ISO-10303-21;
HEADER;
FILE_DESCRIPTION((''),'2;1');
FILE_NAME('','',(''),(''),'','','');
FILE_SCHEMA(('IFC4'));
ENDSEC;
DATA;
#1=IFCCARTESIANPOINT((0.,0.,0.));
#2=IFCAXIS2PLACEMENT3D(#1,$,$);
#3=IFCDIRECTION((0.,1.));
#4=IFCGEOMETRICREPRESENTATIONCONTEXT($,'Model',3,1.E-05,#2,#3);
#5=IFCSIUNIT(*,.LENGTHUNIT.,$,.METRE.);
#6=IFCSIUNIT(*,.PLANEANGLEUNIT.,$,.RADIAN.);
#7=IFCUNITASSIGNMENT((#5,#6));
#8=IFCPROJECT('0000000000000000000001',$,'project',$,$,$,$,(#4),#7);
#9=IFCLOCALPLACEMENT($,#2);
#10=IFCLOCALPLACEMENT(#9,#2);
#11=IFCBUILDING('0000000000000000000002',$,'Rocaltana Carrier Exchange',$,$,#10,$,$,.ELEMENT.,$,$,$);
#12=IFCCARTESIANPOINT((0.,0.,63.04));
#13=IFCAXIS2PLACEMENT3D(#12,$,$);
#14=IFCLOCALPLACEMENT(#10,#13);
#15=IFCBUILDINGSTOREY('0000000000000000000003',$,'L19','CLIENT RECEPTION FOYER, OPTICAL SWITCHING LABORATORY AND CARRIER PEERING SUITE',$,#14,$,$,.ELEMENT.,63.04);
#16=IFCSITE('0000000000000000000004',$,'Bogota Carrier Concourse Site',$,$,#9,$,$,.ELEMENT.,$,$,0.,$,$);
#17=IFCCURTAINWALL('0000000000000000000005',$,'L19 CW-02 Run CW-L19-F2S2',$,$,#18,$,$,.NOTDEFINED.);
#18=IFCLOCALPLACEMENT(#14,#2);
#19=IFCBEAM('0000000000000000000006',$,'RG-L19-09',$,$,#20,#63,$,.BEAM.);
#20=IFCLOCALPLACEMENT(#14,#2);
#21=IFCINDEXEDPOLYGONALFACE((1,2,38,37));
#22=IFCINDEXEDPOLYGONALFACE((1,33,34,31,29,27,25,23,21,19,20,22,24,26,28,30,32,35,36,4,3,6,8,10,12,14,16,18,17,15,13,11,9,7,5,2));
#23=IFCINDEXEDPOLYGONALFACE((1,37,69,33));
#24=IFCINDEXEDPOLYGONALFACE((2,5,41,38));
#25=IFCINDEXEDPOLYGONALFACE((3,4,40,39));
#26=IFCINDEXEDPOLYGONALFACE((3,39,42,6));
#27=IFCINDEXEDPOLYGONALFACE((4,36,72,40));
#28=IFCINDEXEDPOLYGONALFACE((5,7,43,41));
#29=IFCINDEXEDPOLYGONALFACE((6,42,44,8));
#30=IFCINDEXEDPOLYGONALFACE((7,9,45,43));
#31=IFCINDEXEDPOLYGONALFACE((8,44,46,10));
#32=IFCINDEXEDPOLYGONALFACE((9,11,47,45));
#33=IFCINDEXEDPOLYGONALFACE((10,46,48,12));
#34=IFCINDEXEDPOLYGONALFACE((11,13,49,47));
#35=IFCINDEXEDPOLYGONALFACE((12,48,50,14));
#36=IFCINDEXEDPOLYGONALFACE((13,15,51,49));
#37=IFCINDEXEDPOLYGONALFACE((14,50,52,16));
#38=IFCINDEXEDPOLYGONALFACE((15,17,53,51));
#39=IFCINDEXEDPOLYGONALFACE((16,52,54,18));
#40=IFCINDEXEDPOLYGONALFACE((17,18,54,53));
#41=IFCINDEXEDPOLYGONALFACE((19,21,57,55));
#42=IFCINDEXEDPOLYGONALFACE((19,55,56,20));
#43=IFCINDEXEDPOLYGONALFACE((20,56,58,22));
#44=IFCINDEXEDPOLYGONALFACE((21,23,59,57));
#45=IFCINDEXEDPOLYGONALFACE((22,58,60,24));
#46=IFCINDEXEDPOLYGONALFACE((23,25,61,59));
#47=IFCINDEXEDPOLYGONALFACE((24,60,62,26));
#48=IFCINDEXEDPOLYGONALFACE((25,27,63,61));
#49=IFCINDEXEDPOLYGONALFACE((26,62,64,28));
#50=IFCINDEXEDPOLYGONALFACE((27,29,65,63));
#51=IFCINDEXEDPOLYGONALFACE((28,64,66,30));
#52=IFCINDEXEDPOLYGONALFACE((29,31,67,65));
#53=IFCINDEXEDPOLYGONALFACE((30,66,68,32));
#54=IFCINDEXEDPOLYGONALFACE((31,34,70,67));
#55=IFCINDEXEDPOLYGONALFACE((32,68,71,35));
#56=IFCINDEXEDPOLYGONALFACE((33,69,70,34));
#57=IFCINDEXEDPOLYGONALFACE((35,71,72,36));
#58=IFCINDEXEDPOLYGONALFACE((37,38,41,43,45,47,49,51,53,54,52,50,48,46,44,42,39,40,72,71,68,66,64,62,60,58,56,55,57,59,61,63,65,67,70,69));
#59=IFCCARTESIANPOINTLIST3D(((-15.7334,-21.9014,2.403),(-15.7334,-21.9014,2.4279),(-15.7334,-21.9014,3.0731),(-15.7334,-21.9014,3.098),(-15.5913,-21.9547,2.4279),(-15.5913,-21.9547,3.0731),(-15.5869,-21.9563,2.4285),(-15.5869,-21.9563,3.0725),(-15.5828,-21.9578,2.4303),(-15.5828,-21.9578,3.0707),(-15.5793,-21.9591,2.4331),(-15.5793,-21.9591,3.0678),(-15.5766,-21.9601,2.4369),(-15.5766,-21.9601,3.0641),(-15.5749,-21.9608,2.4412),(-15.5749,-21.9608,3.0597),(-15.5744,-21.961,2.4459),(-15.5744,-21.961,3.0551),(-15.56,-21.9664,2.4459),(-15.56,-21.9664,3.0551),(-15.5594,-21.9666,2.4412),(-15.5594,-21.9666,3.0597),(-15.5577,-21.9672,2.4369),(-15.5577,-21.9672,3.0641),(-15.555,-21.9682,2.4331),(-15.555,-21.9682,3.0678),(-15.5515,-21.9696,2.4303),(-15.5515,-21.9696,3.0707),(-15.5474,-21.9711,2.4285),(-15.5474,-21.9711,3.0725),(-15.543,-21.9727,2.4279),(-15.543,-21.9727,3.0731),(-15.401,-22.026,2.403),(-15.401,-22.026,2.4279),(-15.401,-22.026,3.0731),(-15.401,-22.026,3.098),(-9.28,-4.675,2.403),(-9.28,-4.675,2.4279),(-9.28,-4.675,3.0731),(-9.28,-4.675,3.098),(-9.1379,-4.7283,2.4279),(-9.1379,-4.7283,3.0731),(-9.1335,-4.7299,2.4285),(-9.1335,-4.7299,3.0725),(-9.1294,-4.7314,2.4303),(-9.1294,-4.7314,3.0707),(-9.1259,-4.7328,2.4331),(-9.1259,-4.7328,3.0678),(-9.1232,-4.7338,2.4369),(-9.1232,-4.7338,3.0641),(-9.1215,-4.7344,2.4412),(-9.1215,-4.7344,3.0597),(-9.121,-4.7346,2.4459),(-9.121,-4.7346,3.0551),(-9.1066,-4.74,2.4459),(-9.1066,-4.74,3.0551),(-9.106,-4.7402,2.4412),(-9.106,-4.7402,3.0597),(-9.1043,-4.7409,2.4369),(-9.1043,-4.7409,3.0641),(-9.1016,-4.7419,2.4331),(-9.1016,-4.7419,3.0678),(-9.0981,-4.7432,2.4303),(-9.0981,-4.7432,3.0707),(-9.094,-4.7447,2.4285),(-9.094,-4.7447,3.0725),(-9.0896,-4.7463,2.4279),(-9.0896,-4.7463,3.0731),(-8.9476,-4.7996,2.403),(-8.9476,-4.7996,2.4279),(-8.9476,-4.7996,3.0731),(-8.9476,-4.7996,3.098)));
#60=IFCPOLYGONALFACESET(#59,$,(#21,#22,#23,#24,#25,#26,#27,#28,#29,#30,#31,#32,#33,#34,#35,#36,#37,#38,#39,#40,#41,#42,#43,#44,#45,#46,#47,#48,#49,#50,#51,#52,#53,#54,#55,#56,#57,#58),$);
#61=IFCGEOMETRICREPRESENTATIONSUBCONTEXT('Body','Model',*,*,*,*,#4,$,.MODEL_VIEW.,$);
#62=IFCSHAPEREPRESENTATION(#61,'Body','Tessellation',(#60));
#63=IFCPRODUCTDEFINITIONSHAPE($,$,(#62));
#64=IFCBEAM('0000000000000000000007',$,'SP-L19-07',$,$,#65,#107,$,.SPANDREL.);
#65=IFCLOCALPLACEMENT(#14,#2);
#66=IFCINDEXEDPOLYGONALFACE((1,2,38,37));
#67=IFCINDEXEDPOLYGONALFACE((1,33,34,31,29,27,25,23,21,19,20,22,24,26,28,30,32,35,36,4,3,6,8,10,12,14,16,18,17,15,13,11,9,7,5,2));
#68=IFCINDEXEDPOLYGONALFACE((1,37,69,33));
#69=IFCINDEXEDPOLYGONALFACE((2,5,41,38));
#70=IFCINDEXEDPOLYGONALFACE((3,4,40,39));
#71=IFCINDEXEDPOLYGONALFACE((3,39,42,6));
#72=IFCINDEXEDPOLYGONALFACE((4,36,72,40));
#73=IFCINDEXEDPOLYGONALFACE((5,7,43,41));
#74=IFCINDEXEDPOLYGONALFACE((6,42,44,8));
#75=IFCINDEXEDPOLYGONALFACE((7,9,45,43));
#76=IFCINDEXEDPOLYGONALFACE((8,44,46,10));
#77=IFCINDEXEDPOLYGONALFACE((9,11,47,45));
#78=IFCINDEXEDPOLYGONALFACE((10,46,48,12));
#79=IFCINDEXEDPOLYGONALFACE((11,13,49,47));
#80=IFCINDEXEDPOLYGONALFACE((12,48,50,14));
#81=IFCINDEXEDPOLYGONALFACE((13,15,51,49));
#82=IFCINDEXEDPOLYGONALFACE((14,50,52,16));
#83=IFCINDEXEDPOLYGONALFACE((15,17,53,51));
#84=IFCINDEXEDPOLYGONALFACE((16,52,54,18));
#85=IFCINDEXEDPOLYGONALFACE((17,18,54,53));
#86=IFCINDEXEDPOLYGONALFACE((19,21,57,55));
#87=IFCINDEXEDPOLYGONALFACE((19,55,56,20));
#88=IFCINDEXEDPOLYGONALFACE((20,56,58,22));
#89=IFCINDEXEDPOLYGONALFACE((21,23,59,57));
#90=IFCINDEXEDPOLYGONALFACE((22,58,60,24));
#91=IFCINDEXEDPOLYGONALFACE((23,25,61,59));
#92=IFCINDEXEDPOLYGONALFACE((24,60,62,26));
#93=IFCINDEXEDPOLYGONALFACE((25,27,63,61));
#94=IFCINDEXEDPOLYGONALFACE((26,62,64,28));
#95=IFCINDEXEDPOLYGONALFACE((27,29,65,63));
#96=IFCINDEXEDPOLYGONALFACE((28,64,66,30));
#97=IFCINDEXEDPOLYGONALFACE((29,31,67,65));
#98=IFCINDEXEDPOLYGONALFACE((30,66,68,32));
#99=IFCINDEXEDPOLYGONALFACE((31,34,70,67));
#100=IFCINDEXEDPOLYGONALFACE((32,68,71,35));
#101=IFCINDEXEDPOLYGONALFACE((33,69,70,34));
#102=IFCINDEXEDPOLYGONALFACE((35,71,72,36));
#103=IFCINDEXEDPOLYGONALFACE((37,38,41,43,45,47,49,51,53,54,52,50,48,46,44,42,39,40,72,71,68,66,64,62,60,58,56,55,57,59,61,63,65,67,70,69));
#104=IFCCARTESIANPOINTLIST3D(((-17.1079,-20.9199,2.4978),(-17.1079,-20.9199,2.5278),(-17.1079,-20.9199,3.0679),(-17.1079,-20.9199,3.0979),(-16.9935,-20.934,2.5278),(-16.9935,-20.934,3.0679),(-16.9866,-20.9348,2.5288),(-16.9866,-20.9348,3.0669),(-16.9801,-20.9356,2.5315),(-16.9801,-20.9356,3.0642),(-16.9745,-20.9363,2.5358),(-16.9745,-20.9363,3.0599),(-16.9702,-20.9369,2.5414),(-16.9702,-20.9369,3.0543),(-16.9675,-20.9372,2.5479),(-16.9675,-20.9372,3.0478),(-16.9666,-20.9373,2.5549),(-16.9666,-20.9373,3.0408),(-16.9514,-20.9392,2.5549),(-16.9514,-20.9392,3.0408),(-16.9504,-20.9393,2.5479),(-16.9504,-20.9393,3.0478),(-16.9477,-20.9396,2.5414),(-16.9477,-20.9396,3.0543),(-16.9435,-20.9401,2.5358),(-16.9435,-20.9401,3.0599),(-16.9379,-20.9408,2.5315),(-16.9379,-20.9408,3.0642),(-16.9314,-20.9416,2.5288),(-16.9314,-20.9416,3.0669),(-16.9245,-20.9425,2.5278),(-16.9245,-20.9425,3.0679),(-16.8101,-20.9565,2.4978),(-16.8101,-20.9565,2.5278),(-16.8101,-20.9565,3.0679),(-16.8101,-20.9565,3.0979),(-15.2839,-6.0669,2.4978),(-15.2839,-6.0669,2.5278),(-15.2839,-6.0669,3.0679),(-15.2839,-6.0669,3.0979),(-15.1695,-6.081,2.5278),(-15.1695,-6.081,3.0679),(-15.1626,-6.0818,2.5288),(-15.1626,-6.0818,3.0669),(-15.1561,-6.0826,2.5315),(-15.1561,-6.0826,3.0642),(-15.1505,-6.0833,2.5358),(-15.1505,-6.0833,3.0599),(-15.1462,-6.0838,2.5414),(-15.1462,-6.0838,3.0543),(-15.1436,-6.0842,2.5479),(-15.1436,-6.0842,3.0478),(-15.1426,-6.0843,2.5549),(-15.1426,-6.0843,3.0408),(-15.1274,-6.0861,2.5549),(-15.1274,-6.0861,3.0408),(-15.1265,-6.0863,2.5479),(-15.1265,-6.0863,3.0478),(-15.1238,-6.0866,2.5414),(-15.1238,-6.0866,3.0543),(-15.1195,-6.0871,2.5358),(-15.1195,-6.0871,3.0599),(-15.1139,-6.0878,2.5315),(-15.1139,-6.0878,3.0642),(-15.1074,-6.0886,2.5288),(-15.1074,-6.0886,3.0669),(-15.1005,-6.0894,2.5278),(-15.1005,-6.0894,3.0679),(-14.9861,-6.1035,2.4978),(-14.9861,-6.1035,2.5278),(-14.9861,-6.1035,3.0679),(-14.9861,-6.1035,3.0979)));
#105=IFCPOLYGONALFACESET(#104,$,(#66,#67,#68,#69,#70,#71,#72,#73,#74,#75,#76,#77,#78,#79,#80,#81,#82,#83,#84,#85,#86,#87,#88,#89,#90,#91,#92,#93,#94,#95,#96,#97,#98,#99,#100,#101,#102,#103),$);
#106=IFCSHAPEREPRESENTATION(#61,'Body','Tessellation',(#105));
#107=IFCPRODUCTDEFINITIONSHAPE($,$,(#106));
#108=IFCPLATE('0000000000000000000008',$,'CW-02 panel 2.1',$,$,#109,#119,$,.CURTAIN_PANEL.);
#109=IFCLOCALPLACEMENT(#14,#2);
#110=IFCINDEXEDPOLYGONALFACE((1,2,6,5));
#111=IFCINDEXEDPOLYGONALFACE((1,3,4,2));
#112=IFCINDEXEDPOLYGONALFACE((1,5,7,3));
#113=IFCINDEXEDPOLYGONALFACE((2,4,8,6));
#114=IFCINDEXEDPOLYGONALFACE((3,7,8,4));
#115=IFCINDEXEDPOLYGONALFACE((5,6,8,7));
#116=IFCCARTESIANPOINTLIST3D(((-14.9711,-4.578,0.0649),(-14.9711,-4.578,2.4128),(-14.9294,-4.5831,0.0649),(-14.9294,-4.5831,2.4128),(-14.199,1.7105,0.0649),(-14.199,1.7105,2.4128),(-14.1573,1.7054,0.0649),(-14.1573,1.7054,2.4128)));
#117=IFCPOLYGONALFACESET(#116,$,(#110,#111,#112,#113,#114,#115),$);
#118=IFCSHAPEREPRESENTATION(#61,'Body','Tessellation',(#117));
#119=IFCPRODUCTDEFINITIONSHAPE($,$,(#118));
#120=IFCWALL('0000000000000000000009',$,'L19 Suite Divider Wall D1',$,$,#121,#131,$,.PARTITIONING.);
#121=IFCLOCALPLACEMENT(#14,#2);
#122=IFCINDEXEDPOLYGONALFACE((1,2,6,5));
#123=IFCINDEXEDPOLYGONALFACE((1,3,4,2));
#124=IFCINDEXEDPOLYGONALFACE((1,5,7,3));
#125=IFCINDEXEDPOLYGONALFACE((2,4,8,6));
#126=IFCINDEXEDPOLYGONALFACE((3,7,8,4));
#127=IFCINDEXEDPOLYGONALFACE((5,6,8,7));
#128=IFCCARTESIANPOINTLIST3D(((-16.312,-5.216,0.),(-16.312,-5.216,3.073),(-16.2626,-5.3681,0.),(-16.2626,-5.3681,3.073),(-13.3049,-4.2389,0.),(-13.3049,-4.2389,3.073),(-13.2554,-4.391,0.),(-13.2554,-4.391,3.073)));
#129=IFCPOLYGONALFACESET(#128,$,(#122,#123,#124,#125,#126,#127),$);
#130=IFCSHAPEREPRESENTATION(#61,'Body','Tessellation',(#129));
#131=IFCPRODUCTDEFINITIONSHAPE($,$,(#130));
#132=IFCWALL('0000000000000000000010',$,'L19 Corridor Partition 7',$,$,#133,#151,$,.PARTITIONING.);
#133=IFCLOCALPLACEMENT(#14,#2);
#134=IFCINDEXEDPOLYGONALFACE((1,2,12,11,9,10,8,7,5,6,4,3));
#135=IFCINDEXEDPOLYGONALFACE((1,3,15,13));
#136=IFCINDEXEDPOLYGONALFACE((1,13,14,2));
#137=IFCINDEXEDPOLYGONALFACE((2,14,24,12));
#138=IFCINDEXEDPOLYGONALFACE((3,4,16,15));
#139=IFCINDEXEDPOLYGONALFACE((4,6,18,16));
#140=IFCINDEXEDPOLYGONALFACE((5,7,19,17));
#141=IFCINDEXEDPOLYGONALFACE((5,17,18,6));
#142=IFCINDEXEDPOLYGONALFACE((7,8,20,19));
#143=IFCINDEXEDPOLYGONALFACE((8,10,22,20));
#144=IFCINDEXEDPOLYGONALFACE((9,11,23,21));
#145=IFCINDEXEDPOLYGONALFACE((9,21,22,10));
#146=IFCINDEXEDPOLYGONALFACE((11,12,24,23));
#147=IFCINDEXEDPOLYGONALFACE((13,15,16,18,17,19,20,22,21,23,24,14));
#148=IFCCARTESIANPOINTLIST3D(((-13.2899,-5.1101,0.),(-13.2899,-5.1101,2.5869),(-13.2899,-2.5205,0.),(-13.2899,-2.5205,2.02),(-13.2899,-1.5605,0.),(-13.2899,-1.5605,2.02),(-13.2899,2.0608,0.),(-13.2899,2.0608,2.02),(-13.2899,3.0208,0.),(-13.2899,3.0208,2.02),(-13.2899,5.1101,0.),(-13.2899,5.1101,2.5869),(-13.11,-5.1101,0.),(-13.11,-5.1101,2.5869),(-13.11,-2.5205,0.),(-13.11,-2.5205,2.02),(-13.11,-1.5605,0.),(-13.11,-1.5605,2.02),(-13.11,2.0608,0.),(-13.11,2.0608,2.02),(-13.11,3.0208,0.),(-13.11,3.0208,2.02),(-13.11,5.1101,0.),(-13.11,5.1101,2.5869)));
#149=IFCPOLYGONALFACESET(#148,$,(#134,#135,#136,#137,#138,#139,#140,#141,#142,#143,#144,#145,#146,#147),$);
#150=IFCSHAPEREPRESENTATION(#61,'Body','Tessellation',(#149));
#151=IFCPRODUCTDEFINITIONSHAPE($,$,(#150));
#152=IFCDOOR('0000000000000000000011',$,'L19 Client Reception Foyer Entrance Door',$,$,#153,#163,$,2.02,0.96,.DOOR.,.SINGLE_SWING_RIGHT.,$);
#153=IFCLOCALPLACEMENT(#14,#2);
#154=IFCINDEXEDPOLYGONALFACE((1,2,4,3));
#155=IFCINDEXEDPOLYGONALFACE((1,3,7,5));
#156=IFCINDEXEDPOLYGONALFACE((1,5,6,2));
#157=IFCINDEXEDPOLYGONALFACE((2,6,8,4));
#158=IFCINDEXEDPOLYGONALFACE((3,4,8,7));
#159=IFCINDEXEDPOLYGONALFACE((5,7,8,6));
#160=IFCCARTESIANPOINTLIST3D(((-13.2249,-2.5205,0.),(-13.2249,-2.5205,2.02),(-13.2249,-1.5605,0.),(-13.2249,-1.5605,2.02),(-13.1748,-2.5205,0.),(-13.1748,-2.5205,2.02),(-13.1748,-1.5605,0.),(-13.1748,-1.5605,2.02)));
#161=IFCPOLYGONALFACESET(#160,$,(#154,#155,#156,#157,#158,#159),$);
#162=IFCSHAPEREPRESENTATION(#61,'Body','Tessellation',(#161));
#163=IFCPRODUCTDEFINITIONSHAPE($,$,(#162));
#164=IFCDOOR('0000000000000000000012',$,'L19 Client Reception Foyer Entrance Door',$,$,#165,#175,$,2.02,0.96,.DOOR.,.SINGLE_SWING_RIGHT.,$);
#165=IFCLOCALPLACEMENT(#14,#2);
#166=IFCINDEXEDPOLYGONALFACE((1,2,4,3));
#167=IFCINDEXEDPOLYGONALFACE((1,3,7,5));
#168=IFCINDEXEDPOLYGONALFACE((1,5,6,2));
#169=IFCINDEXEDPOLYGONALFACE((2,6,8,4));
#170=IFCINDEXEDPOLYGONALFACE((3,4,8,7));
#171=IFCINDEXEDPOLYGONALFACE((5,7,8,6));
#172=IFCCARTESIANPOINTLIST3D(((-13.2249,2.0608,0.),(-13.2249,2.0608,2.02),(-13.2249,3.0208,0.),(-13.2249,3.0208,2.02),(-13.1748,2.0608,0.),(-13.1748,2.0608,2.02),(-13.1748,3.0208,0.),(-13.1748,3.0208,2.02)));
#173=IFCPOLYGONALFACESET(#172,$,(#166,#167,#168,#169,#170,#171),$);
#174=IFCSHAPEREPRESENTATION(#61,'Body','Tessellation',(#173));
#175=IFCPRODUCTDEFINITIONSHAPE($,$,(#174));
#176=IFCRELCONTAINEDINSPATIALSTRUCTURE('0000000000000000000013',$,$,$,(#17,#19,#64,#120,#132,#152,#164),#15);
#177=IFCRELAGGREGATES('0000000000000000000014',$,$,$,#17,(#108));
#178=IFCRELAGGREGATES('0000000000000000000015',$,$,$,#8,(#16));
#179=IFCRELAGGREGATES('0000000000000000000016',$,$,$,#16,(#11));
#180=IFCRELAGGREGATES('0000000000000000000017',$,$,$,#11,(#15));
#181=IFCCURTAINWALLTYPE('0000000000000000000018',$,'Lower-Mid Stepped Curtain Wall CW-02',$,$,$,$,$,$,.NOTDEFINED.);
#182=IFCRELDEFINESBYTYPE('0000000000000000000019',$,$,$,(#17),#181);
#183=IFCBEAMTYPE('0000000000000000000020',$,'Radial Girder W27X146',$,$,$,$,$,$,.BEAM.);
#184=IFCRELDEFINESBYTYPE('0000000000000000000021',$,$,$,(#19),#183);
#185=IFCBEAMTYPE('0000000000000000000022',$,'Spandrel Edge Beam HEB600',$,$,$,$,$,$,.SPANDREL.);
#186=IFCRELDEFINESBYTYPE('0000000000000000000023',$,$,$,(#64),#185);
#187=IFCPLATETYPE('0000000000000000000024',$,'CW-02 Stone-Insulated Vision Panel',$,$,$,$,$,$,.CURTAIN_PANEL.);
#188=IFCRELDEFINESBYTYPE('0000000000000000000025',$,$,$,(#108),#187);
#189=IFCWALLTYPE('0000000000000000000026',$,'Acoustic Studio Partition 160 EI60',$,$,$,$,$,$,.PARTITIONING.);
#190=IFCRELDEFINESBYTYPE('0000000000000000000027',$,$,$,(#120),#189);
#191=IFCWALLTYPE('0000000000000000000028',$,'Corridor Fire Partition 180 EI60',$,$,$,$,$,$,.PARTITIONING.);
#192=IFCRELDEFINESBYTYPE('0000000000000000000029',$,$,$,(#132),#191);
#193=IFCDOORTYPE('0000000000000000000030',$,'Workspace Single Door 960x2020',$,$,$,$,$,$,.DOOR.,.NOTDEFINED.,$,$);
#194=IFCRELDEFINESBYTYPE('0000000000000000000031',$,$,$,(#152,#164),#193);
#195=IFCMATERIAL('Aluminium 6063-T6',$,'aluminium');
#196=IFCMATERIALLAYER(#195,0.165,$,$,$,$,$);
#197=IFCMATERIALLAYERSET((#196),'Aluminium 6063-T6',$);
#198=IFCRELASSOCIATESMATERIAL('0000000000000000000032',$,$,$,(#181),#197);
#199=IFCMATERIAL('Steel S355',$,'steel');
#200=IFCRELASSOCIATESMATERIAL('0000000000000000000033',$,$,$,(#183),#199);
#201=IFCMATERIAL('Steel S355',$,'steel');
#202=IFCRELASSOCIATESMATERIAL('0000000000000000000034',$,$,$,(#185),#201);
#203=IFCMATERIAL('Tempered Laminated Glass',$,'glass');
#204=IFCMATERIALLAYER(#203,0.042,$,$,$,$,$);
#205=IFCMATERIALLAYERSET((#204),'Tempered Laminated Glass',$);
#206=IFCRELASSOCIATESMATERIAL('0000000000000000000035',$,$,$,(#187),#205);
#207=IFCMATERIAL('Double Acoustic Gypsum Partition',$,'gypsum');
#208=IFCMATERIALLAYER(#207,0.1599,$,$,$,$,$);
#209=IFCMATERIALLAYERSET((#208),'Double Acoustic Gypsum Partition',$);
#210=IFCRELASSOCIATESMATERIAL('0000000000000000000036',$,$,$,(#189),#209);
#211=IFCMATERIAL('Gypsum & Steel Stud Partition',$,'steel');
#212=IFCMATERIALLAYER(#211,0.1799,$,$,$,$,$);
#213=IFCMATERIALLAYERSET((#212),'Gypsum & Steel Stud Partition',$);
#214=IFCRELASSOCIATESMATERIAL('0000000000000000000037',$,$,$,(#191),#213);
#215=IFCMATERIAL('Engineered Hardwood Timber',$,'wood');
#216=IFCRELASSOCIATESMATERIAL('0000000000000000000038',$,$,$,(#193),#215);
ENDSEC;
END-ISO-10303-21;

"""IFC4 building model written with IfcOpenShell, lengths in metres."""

from ifc_helpers import new_model, si_unit, direction, frame, frame_2d, origin, origin_2d, place, context, subcontext, project, spatial, rectangle, i_section, extrude, material, layer, layer_set, material_profile, profile_set, type_object, element, fill, aggregate, save


model = new_model("IFC4")

# Units and contexts
model_context = context("Model", 3, precision=1e-05, world=origin(), true_north=direction((0.0, 1.0)))
body_context = subcontext(model_context, "Body", "Model", "MODEL_VIEW")
ifc_project = project(units=[si_unit("LENGTHUNIT", "METRE"), si_unit("PLANEANGLEUNIT", "RADIAN")], contexts=[model_context])

# Site, building, storey
site_placement = place(None, origin())
site = spatial("IfcSite", under=ifc_project, at=site_placement, Name="Bogota Carrier Concourse Site", CompositionType="ELEMENT", RefElevation=0.0)
building_placement = place(site_placement, origin())
building = spatial("IfcBuilding", under=site, at=building_placement, Name="Rocaltana Carrier Exchange", CompositionType="ELEMENT")
storey_placement = place(building_placement, frame((0.0, 0.0, 63.04)))
storey = spatial("IfcBuildingStorey", under=building, at=storey_placement, Name="L19", Description="CLIENT RECEPTION FOYER, OPTICAL SWITCHING LABORATORY AND CARRIER PEERING SUITE", CompositionType="ELEMENT", Elevation=63.04)

# Curtain wall
ifc_material_1 = material(Name="Aluminium 6063-T6", Category="aluminium")
ifc_layer_1 = layer(ifc_material_1, 0.165)
ifc_layer_set_1 = layer_set([ifc_layer_1], Name="Aluminium 6063-T6")
curtain_wall_type = type_object("IfcCurtainWallType", Name="Lower-Mid Stepped Curtain Wall CW-02", PredefinedType="NOTDEFINED", material=ifc_layer_set_1)
curtain_wall_1_placement = place(storey_placement, origin())
curtain_wall_1 = element("IfcCurtainWall", 1, at=curtain_wall_1_placement, inside=storey, type_object=curtain_wall_type, Name="L19 CW-02 Run CW-L19-F2S2", PredefinedType="NOTDEFINED")

# Beams
ifc_material_2 = material(Name="Steel S355", Category="steel")
ifc_material_profile_1 = material_profile(ifc_material_2, i_section(OverallWidth=0.355, OverallDepth=0.6951, WebThickness=0.0154, FlangeThickness=0.0249, FilletRadius=0.0181, at=origin_2d()), Name="W27X146")
ifc_profile_set_1 = profile_set([ifc_material_profile_1], Name="Steel S355")
beam_type_1 = type_object("IfcBeamType", Name="Radial Girder W27X146", PredefinedType="BEAM", material=ifc_profile_set_1)
beam_1_placement = place(storey_placement, frame((-9.1138, -4.7373, 2.7505), z_axis=(-0.350814, -0.936445, 0.0), x_axis=(0.936445, -0.350814, 0.0)))
element("IfcBeam", 2, at=beam_1_placement, inside=storey, type_object=beam_type_1, Name="RG-L19-09", PredefinedType="BEAM", context=body_context, shape_type="SweptSolid", body=[
    extrude(i_section(OverallWidth=0.355, OverallDepth=0.6951, WebThickness=0.0154, FlangeThickness=0.0249, FilletRadius=0.0181, at=origin_2d()), origin(), (0.0, 0.0, 1.0), 18.3955),
])
ifc_material_3 = material(Name="Steel S355", Category="steel")
ifc_material_profile_2 = material_profile(ifc_material_3, i_section(OverallWidth=0.3, OverallDepth=0.6001, WebThickness=0.0154, FlangeThickness=0.03, FilletRadius=0.0271, at=origin_2d()), Name="HEB600")
ifc_profile_set_2 = profile_set([ifc_material_profile_2], Name="Steel S355")
beam_type_2 = type_object("IfcBeamType", Name="Spandrel Edge Beam HEB600", PredefinedType="SPANDREL", material=ifc_profile_set_2)
beam_2_placement = place(storey_placement, frame((-15.135, -6.0852, 2.7979), z_axis=(-0.121886, -0.992544, 0.0), x_axis=(0.992544, -0.121886, 0.0)))
element("IfcBeam", 3, at=beam_2_placement, inside=storey, type_object=beam_type_2, Name="SP-L19-07", PredefinedType="SPANDREL", context=body_context, shape_type="SweptSolid", body=[
    extrude(i_section(OverallWidth=0.3, OverallDepth=0.6001, WebThickness=0.0154, FlangeThickness=0.03, FilletRadius=0.0271, at=origin_2d()), origin(), (0.0, 0.0, 1.0), 14.9646),
])

# Plate
ifc_material_4 = material(Name="Tempered Laminated Glass", Category="glass")
ifc_layer_2 = layer(ifc_material_4, 0.042)
ifc_layer_set_2 = layer_set([ifc_layer_2], Name="Tempered Laminated Glass")
plate_type = type_object("IfcPlateType", Name="CW-02 Stone-Insulated Vision Panel", PredefinedType="CURTAIN_PANEL", material=ifc_layer_set_2)
plate_placement = place(storey_placement, frame((-14.5642, -1.4363, 0.0649), z_axis=(0.0, 0.0, 1.0), x_axis=(-0.121874, -0.992546, 0.0)))
plate = element("IfcPlate", 4, at=plate_placement, type_object=plate_type, Name="CW-02 panel 2.1", PredefinedType="CURTAIN_PANEL", context=body_context, shape_type="SweptSolid", body=[
    extrude(rectangle(XDim=6.3357, YDim=0.042, at=origin_2d()), origin(), (0.0, 0.0, 1.0), 2.3479),
])
aggregate(curtain_wall_1, [plate])

# Wall
ifc_material_5 = material(Name="Double Acoustic Gypsum Partition", Category="gypsum")
ifc_layer_3 = layer(ifc_material_5, 0.1599)
ifc_layer_set_3 = layer_set([ifc_layer_3], Name="Double Acoustic Gypsum Partition")
wall_type_1 = type_object("IfcWallType", Name="Acoustic Studio Partition 160 EI60", PredefinedType="PARTITIONING", material=ifc_layer_set_3)
wall_1_placement = place(storey_placement, frame((-13.28, -4.3149, 0.0), z_axis=(0.0, 0.0, 1.0), x_axis=(-0.951057, -0.309014, 0.0)))
element("IfcWall", 5, at=wall_1_placement, inside=storey, type_object=wall_type_1, Name="L19 Suite Divider Wall D1", PredefinedType="PARTITIONING", context=body_context, shape_type="SweptSolid", body=[
    extrude(rectangle(XDim=3.1619, YDim=0.1599, at=frame_2d((1.5811, 0.0))), origin(), (0.0, 0.0, 1.0), 3.073),
])

# Wall, openings, doors
ifc_material_6 = material(Name="Gypsum & Steel Stud Partition", Category="steel")
ifc_layer_4 = layer(ifc_material_6, 0.1799)
ifc_layer_set_4 = layer_set([ifc_layer_4], Name="Gypsum & Steel Stud Partition")
wall_type_2 = type_object("IfcWallType", Name="Corridor Fire Partition 180 EI60", PredefinedType="PARTITIONING", material=ifc_layer_set_4)
wall_2_placement = place(storey_placement, frame((-13.2, -5.1101, 0.0), z_axis=(0.0, 0.0, 1.0), x_axis=(0.0, 1.0, 0.0)))
wall_2 = element("IfcWall", 6, at=wall_2_placement, inside=storey, type_object=wall_type_2, Name="L19 Corridor Partition 7", PredefinedType="PARTITIONING", context=body_context, shape_type="SweptSolid", body=[
    extrude(rectangle(XDim=10.2202, YDim=0.1799, at=frame_2d((5.1101, 0.0))), origin(), (0.0, 0.0, 1.0), 2.5869),
])
opening_1_placement = place(wall_2_placement, frame((2.5896, 0.0, 0.0)))
opening_1 = element("IfcOpeningElement", 7, at=opening_1_placement, cuts=wall_2, PredefinedType="OPENING", context=body_context, shape_type="SweptSolid", body=[
    extrude(rectangle(XDim=0.96, YDim=2.02, at=frame_2d((0.48, 1.01))), frame((0.0, 0.0999, 0.0), z_axis=(0.0, -1.0, 0.0), x_axis=(1.0, 0.0, 0.0)), (0.0, 0.0, 1.0), 0.2),
])
opening_2_placement = place(wall_2_placement, frame((7.1709, 0.0, 0.0)))
opening_2 = element("IfcOpeningElement", 8, at=opening_2_placement, cuts=wall_2, PredefinedType="OPENING", context=body_context, shape_type="SweptSolid", body=[
    extrude(rectangle(XDim=0.96, YDim=2.02, at=frame_2d((0.48, 1.01))), frame((0.0, 0.0999, 0.0), z_axis=(0.0, -1.0, 0.0), x_axis=(1.0, 0.0, 0.0)), (0.0, 0.0, 1.0), 0.2),
])
ifc_material_7 = material(Name="Engineered Hardwood Timber", Category="wood")
door_type = type_object("IfcDoorType", Name="Workspace Single Door 960x2020", OperationType="NOTDEFINED", PredefinedType="DOOR", material=ifc_material_7)
door_1_placement = place(opening_1_placement, origin())
door_1 = element("IfcDoor", 9, at=door_1_placement, inside=storey, type_object=door_type, Name="L19 Client Reception Foyer Entrance Door", OperationType="SINGLE_SWING_RIGHT", OverallHeight=2.02, OverallWidth=0.96, PredefinedType="DOOR", context=body_context, shape_type="SweptSolid", body=[
    extrude(rectangle(XDim=0.96, YDim=2.02, at=frame_2d((0.48, 1.01))), frame((0.0, 0.0249, 0.0), z_axis=(0.0, -1.0, 0.0), x_axis=(1.0, 0.0, 0.0)), (0.0, 0.0, 1.0), 0.05),
])
fill(opening_1, door_1)
door_2_placement = place(opening_2_placement, origin())
door_2 = element("IfcDoor", 10, at=door_2_placement, inside=storey, type_object=door_type, Name="L19 Client Reception Foyer Entrance Door", OperationType="SINGLE_SWING_RIGHT", OverallHeight=2.02, OverallWidth=0.96, PredefinedType="DOOR", context=body_context, shape_type="SweptSolid", body=[
    extrude(rectangle(XDim=0.96, YDim=2.02, at=frame_2d((0.48, 1.01))), frame((0.0, 0.0249, 0.0), z_axis=(0.0, -1.0, 0.0), x_axis=(1.0, 0.0, 0.0)), (0.0, 0.0, 1.0), 0.05),
])
fill(opening_2, door_2)

save(model, "model.ifc")
